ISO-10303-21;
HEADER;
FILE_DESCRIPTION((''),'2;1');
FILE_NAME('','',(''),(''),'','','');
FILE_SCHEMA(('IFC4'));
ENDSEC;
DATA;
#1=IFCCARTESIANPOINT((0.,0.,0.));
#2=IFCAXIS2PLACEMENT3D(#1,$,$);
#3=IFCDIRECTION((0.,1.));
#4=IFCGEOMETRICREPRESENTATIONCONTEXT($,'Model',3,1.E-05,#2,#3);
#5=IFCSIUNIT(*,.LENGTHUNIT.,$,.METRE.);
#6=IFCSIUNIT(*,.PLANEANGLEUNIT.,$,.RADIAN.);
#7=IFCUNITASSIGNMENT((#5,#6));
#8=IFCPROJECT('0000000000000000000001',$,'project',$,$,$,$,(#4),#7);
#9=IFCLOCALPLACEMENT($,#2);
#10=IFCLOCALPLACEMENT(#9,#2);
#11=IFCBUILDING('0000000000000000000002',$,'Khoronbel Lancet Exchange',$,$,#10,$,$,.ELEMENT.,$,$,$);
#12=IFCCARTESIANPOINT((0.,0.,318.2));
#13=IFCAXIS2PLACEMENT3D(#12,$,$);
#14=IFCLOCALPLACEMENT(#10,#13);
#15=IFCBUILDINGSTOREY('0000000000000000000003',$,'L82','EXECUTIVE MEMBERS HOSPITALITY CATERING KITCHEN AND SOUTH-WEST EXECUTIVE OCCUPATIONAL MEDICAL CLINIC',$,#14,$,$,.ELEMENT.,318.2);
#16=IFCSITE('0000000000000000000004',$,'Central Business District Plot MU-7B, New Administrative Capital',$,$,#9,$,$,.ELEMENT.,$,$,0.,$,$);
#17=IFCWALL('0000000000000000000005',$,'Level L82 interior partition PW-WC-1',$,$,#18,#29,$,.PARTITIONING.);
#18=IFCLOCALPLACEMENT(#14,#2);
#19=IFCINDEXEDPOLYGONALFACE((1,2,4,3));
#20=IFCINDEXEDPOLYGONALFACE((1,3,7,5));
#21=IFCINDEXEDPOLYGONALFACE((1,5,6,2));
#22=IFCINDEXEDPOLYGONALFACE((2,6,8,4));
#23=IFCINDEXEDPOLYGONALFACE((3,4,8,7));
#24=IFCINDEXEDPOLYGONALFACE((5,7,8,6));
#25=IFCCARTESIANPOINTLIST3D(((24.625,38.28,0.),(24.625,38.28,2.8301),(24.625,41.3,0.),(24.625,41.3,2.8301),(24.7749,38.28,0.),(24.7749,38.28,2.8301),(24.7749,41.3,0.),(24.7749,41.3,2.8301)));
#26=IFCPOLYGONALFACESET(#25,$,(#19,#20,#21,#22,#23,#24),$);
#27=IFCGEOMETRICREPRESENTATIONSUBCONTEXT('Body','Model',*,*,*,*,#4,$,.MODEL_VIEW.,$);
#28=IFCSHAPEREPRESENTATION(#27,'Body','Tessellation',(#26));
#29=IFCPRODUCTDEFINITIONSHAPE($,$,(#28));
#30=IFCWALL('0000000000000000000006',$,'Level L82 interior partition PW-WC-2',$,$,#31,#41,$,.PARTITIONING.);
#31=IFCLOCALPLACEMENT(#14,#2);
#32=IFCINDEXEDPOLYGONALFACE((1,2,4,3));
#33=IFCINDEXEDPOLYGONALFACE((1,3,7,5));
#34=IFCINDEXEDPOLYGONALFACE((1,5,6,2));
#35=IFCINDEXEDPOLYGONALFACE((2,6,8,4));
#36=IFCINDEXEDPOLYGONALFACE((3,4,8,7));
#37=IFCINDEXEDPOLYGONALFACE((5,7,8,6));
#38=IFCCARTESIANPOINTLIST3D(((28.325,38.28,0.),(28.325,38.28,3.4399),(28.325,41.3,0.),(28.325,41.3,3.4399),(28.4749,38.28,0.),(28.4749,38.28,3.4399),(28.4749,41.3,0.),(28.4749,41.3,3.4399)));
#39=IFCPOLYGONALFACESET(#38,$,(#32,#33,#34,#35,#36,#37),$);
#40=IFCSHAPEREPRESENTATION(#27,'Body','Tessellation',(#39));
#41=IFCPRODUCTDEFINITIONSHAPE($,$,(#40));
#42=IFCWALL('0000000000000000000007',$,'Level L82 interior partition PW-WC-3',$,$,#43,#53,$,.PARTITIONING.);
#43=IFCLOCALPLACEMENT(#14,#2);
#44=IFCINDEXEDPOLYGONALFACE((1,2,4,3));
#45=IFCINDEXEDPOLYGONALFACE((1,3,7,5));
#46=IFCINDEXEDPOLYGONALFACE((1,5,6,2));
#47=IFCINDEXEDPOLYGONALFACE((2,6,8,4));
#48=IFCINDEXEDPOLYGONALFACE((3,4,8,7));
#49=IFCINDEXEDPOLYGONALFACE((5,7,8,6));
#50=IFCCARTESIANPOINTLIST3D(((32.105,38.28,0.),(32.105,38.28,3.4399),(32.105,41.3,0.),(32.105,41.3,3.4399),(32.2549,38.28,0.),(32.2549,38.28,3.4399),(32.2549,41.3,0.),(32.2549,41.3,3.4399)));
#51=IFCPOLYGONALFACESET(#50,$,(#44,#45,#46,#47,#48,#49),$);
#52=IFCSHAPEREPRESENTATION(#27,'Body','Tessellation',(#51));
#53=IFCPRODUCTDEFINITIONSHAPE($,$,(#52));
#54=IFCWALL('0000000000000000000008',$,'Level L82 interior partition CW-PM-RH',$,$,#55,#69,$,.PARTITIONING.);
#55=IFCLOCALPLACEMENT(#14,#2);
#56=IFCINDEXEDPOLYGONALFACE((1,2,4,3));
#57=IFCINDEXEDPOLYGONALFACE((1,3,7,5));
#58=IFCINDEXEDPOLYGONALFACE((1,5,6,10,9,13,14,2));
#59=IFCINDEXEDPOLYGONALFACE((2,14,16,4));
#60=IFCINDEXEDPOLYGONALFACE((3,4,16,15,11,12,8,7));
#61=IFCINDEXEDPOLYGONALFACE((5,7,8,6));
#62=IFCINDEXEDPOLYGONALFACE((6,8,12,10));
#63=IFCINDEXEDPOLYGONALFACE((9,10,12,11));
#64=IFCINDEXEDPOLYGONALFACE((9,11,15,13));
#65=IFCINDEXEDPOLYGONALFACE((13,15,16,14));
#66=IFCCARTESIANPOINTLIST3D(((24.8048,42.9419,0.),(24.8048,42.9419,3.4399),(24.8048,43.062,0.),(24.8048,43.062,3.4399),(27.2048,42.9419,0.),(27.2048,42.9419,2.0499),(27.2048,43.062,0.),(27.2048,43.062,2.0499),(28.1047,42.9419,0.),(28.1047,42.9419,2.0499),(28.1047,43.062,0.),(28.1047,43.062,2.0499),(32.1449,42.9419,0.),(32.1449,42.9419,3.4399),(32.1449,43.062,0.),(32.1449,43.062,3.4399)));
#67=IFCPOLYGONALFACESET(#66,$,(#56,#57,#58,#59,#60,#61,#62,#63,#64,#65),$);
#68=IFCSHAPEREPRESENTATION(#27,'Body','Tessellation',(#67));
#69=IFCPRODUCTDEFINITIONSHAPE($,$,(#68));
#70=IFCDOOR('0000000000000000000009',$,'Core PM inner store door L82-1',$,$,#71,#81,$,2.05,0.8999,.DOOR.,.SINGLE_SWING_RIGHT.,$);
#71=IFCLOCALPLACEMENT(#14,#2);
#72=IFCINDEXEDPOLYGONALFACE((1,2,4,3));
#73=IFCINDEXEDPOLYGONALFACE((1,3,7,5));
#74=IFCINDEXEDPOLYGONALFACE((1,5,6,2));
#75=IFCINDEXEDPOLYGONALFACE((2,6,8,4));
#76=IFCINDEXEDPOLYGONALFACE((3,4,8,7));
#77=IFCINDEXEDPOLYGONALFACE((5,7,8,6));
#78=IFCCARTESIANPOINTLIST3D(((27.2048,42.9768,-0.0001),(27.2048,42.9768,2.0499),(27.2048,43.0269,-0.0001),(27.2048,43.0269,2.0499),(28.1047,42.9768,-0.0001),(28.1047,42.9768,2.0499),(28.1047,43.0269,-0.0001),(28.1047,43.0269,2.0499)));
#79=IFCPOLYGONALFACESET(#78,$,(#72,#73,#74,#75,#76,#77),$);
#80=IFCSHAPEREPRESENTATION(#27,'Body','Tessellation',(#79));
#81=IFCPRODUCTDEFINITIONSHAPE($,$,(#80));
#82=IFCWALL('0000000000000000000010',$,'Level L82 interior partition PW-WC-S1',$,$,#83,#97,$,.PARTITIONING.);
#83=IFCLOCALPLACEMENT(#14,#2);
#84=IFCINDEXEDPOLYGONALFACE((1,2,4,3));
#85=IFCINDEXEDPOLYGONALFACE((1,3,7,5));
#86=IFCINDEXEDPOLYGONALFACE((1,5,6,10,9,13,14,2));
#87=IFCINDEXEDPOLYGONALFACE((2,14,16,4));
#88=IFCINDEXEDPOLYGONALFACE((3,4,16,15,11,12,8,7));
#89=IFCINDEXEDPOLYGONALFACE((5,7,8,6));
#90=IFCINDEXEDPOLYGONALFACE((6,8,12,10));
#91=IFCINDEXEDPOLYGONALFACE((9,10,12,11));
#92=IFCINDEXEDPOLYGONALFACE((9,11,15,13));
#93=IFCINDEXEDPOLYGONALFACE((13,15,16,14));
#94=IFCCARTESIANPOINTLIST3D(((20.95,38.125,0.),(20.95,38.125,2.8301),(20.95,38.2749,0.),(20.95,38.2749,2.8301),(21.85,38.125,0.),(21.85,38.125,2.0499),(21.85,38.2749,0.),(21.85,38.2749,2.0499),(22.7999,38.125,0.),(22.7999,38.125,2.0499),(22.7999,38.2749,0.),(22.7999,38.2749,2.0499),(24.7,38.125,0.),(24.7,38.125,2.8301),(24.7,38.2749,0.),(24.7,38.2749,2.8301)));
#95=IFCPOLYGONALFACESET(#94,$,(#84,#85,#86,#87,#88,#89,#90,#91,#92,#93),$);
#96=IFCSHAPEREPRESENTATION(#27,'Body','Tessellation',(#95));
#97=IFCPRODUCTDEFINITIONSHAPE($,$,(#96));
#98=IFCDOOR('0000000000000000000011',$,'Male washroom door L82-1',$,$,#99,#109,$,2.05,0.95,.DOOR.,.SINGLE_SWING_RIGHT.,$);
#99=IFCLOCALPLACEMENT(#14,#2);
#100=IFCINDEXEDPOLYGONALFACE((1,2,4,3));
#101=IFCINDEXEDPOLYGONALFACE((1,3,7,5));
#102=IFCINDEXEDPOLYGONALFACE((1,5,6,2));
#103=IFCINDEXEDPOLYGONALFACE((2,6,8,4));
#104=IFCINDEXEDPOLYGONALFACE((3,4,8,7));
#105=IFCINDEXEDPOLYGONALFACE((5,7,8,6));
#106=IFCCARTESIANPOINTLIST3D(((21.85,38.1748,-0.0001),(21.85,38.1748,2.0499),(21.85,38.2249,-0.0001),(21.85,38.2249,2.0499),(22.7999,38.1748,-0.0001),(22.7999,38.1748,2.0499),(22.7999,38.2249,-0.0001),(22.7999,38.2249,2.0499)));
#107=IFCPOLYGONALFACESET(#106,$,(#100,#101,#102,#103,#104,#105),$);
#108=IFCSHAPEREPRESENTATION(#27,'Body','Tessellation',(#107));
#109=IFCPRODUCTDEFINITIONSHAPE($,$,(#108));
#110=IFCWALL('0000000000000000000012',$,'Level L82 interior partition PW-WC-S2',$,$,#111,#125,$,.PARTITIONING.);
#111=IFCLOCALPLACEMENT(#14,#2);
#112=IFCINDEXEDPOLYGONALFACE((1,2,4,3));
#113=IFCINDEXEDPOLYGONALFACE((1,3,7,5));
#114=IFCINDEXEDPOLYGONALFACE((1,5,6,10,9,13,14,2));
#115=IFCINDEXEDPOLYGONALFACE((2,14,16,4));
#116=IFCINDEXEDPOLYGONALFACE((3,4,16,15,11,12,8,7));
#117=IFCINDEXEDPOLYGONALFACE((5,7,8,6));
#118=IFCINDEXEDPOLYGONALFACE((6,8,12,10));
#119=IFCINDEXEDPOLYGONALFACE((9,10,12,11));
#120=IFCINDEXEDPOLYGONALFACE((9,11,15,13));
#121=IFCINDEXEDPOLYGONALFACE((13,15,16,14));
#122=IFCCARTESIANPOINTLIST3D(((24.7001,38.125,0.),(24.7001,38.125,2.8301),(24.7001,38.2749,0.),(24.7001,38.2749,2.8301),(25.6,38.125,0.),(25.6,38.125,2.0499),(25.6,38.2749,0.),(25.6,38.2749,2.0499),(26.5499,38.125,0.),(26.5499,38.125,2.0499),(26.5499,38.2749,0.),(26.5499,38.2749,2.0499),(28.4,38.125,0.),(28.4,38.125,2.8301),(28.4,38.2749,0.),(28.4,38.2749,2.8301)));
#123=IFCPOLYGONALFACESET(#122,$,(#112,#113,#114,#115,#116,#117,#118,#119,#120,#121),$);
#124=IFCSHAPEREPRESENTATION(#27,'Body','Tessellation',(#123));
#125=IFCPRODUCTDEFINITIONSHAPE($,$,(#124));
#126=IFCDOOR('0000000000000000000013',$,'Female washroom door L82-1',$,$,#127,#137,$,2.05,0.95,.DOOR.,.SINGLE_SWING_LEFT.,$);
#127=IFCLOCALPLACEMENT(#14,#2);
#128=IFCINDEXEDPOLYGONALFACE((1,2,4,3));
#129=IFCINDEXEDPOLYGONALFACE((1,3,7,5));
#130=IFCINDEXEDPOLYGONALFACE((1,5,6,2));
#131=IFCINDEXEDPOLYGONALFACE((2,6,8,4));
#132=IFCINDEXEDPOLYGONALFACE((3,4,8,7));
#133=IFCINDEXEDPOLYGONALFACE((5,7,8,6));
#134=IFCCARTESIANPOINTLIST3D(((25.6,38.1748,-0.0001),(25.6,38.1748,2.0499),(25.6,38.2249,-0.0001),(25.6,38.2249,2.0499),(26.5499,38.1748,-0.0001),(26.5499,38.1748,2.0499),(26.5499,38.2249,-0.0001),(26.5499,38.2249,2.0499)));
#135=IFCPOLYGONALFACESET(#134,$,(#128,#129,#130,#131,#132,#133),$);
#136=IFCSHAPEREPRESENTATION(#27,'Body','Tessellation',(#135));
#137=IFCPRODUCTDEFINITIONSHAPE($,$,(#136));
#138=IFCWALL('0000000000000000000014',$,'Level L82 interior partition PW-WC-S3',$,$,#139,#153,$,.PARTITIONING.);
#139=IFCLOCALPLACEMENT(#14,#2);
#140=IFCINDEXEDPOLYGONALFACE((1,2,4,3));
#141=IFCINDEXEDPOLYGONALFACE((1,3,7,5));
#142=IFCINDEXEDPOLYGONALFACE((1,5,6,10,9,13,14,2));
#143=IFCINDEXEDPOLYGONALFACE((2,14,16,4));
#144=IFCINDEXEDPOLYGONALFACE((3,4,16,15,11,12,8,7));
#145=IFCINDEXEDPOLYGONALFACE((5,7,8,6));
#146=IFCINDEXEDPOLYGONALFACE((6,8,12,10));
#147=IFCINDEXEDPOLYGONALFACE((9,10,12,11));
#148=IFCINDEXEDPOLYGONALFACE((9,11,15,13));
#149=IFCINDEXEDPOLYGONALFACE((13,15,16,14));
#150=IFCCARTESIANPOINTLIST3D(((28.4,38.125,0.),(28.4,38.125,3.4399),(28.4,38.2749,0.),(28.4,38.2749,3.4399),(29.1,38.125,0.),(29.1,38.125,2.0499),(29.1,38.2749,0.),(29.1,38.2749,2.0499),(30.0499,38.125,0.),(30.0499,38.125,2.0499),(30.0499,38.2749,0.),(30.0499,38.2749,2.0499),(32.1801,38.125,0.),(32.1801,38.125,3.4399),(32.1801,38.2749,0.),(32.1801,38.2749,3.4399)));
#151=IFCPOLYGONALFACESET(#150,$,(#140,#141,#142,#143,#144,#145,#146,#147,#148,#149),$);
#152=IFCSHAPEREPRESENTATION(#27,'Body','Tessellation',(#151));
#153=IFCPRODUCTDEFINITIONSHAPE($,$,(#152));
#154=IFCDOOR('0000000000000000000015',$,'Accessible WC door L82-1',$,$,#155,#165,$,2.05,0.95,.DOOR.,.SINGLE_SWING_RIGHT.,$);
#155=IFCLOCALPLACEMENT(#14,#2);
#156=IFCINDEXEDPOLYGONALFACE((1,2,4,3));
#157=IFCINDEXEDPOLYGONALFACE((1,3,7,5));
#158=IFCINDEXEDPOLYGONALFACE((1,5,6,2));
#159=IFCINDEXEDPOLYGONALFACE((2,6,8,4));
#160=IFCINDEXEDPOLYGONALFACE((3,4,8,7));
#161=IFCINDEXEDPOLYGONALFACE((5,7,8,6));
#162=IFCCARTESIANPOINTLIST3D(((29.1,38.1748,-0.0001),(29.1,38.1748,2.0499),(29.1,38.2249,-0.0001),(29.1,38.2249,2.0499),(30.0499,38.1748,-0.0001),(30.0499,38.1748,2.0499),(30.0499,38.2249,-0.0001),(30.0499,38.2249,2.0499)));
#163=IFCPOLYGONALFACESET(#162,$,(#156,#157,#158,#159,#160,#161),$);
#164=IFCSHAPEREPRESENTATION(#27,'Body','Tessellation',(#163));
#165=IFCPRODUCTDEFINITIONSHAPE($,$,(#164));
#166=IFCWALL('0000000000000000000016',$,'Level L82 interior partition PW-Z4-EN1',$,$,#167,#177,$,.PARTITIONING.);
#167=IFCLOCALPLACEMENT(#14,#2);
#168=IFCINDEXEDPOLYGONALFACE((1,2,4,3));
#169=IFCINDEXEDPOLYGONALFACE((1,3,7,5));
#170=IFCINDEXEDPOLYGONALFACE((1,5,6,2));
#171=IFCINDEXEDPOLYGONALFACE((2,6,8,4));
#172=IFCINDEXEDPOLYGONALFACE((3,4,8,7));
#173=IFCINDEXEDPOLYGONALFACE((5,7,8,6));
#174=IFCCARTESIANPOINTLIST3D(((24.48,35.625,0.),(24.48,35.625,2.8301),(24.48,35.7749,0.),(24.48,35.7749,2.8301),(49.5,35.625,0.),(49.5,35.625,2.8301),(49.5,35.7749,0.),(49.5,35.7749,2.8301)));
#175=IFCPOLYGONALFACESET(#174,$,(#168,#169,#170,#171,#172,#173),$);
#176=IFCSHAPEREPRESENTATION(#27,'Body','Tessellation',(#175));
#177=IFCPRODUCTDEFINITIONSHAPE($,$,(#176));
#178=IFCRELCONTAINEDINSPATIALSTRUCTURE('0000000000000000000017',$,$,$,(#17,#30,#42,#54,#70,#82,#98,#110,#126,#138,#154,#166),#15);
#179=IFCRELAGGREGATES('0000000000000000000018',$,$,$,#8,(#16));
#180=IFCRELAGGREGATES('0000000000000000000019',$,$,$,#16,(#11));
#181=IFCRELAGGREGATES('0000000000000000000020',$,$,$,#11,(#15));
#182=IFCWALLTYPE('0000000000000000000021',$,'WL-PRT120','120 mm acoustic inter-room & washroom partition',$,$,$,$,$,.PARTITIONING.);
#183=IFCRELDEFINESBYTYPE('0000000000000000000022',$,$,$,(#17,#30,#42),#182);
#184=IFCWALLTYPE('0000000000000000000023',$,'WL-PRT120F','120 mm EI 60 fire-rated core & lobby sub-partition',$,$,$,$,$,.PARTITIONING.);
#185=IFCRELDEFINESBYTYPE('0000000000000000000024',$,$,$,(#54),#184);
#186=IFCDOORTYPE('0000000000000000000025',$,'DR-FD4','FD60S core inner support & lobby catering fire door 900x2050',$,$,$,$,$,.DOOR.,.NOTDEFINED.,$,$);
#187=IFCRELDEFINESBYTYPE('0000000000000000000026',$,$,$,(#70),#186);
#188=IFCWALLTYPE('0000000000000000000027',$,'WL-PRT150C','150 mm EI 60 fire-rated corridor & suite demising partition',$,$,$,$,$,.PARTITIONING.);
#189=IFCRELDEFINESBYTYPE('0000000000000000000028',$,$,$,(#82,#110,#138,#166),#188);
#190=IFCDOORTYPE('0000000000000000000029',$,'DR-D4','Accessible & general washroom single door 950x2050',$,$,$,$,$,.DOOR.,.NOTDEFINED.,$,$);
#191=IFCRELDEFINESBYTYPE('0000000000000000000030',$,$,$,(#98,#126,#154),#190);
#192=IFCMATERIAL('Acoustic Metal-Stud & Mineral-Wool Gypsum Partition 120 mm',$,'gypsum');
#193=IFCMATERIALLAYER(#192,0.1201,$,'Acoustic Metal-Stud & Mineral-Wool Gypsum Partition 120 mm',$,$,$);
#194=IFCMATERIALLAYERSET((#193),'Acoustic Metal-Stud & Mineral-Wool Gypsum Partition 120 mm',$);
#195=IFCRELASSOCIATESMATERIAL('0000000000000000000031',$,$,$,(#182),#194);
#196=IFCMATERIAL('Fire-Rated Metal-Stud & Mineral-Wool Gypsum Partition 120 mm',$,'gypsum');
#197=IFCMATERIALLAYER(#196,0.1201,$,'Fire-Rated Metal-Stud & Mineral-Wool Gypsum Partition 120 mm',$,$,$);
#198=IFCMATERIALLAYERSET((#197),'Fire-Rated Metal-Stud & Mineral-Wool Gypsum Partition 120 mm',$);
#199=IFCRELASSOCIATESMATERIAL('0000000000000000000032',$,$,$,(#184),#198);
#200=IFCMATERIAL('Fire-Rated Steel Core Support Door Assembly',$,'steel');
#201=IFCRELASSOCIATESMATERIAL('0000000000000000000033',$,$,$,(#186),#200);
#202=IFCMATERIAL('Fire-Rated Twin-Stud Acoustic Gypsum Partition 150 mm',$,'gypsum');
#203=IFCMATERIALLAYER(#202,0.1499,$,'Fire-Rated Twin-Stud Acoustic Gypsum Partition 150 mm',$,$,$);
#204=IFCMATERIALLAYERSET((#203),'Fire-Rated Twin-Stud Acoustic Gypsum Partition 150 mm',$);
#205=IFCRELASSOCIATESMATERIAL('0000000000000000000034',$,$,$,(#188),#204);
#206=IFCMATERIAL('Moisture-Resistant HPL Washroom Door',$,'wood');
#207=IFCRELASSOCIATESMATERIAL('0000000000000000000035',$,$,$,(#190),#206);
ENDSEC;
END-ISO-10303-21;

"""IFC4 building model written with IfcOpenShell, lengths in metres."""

from ifc_helpers import new_model, si_unit, direction, frame, frame_2d, origin, place, context, subcontext, project, spatial, rectangle, extrude, material, layer, layer_set, type_object, element, fill, save


model = new_model("IFC4")

# Units and contexts
model_context = context("Model", 3, precision=1e-05, world=origin(), true_north=direction((0.0, 1.0)))
body_context = subcontext(model_context, "Body", "Model", "MODEL_VIEW")
ifc_project = project(units=[si_unit("LENGTHUNIT", "METRE"), si_unit("PLANEANGLEUNIT", "RADIAN")], contexts=[model_context])

# Site, building, storey
site_placement = place(None, origin())
site = spatial("IfcSite", under=ifc_project, at=site_placement, Name="Central Business District Plot MU-7B, New Administrative Capital", CompositionType="ELEMENT", RefElevation=0.0)
building_placement = place(site_placement, origin())
building = spatial("IfcBuilding", under=site, at=building_placement, Name="Khoronbel Lancet Exchange", CompositionType="ELEMENT")
storey_placement = place(building_placement, frame((0.0, 0.0, 318.2)))
storey = spatial("IfcBuildingStorey", under=building, at=storey_placement, Name="L82", Description="EXECUTIVE MEMBERS HOSPITALITY CATERING KITCHEN AND SOUTH-WEST EXECUTIVE OCCUPATIONAL MEDICAL CLINIC", CompositionType="ELEMENT", Elevation=318.2)

# Walls
ifc_material_1 = material(Name="Acoustic Metal-Stud & Mineral-Wool Gypsum Partition 120 mm", Category="gypsum")
ifc_layer_1 = layer(ifc_material_1, 0.1201, Name="Acoustic Metal-Stud & Mineral-Wool Gypsum Partition 120 mm")
ifc_layer_set_1 = layer_set([ifc_layer_1], Name="Acoustic Metal-Stud & Mineral-Wool Gypsum Partition 120 mm")
wall_type_1 = type_object("IfcWallType", Name="WL-PRT120", Description="120 mm acoustic inter-room & washroom partition", PredefinedType="PARTITIONING", material=ifc_layer_set_1)
wall_1_placement = place(storey_placement, frame((24.7, 38.28, 0.0), z_axis=(0.0, 0.0, 1.0), x_axis=(0.0, 1.0, 0.0)))
element("IfcWall", 1, at=wall_1_placement, inside=storey, type_object=wall_type_1, Name="Level L82 interior partition PW-WC-1", PredefinedType="PARTITIONING", context=body_context, shape_type="SweptSolid", body=[
    extrude(rectangle(XDim=3.02, YDim=0.1499, at=frame_2d((1.51, 0.0))), origin(), (0.0, 0.0, 1.0), 2.8301),
])
for number, where, z_axis, x_axis, name in (
    (2, (28.3999, 38.28, 0.0), (0.0, 0.0, 1.0), (0.0, 1.0, 0.0), "Level L82 interior partition PW-WC-2"),
    (3, (32.1799, 38.28, 0.0), (0.0, 0.0, 1.0), (0.0, 1.0, 0.0), "Level L82 interior partition PW-WC-3"),
):
    element("IfcWall", number, at=place(storey_placement, frame(where, z_axis=z_axis, x_axis=x_axis)), inside=storey, type_object=wall_type_1, Name=name, PredefinedType="PARTITIONING", context=body_context, shape_type="SweptSolid", body=[
        extrude(rectangle(XDim=3.02, YDim=0.1499, at=frame_2d((1.51, 0.0))), origin(), (0.0, 0.0, 1.0), 3.4399),
    ])

# Walls, openings, doors
ifc_material_2 = material(Name="Fire-Rated Metal-Stud & Mineral-Wool Gypsum Partition 120 mm", Category="gypsum")
ifc_layer_2 = layer(ifc_material_2, 0.1201, Name="Fire-Rated Metal-Stud & Mineral-Wool Gypsum Partition 120 mm")
ifc_layer_set_2 = layer_set([ifc_layer_2], Name="Fire-Rated Metal-Stud & Mineral-Wool Gypsum Partition 120 mm")
wall_type_2 = type_object("IfcWallType", Name="WL-PRT120F", Description="120 mm EI 60 fire-rated core & lobby sub-partition", PredefinedType="PARTITIONING", material=ifc_layer_set_2)
wall_2_placement = place(storey_placement, frame((24.8049, 43.002, 0.0), z_axis=(0.0, 0.0, 1.0), x_axis=(1.0, 0.0, 0.0)))
wall_2 = element("IfcWall", 4, at=wall_2_placement, inside=storey, type_object=wall_type_2, Name="Level L82 interior partition CW-PM-RH", PredefinedType="PARTITIONING", context=body_context, shape_type="SweptSolid", body=[
    extrude(rectangle(XDim=7.3401, YDim=0.1201, at=frame_2d((3.6699, 0.0))), origin(), (0.0, 0.0, 1.0), 3.4399),
])
opening_1_placement = place(wall_2_placement, frame((2.3999, 0.0, 0.0)))
opening_1 = element("IfcOpeningElement", 5, at=opening_1_placement, cuts=wall_2, PredefinedType="OPENING", context=body_context, shape_type="SweptSolid", body=[
    extrude(rectangle(XDim=0.8999, YDim=2.05, at=frame_2d((0.45, 1.0249))), frame((0.0, 0.0701, 0.0), z_axis=(0.0, -1.0, 0.0), x_axis=(1.0, 0.0, 0.0)), (0.0, 0.0, 1.0), 0.1401),
])
ifc_material_3 = material(Name="Fire-Rated Steel Core Support Door Assembly", Category="steel")
door_type_1 = type_object("IfcDoorType", Name="DR-FD4", Description="FD60S core inner support & lobby catering fire door 900x2050", OperationType="NOTDEFINED", PredefinedType="DOOR", material=ifc_material_3)
door_1_placement = place(opening_1_placement, origin())
door_1 = element("IfcDoor", 6, at=door_1_placement, inside=storey, type_object=door_type_1, Name="Core PM inner store door L82-1", OperationType="SINGLE_SWING_RIGHT", OverallHeight=2.05, OverallWidth=0.8999, PredefinedType="DOOR", context=body_context, shape_type="SweptSolid", body=[
    extrude(rectangle(XDim=0.8999, YDim=2.05, at=frame_2d((0.45, 1.0249))), frame((0.0, 0.0249, 0.0), z_axis=(0.0, -1.0, 0.0), x_axis=(1.0, 0.0, 0.0)), (0.0, 0.0, 1.0), 0.05),
])
fill(opening_1, door_1)
ifc_material_4 = material(Name="Fire-Rated Twin-Stud Acoustic Gypsum Partition 150 mm", Category="gypsum")
ifc_layer_3 = layer(ifc_material_4, 0.1499, Name="Fire-Rated Twin-Stud Acoustic Gypsum Partition 150 mm")
ifc_layer_set_3 = layer_set([ifc_layer_3], Name="Fire-Rated Twin-Stud Acoustic Gypsum Partition 150 mm")
wall_type_3 = type_object("IfcWallType", Name="WL-PRT150C", Description="150 mm EI 60 fire-rated corridor & suite demising partition", PredefinedType="PARTITIONING", material=ifc_layer_set_3)
wall_3_placement = place(storey_placement, frame((20.95, 38.2, 0.0), z_axis=(0.0, 0.0, 1.0), x_axis=(1.0, 0.0, 0.0)))
wall_3 = element("IfcWall", 7, at=wall_3_placement, inside=storey, type_object=wall_type_3, Name="Level L82 interior partition PW-WC-S1", PredefinedType="PARTITIONING", context=body_context, shape_type="SweptSolid", body=[
    extrude(rectangle(XDim=3.75, YDim=0.1499, at=frame_2d((1.875, 0.0))), origin(), (0.0, 0.0, 1.0), 2.8301),
])
opening_2_placement = place(wall_3_placement, frame((0.8999, 0.0, 0.0)))
opening_2 = element("IfcOpeningElement", 8, at=opening_2_placement, cuts=wall_3, PredefinedType="OPENING", context=body_context, shape_type="SweptSolid", body=[
    extrude(rectangle(XDim=0.95, YDim=2.05, at=frame_2d((0.4751, 1.0249))), frame((0.0, 0.085, 0.0), z_axis=(0.0, -1.0, 0.0), x_axis=(1.0, 0.0, 0.0)), (0.0, 0.0, 1.0), 0.1699),
])
ifc_material_5 = material(Name="Moisture-Resistant HPL Washroom Door", Category="wood")
door_type_2 = type_object("IfcDoorType", Name="DR-D4", Description="Accessible & general washroom single door 950x2050", OperationType="NOTDEFINED", PredefinedType="DOOR", material=ifc_material_5)
door_2_placement = place(opening_2_placement, origin())
door_2 = element("IfcDoor", 9, at=door_2_placement, inside=storey, type_object=door_type_2, Name="Male washroom door L82-1", OperationType="SINGLE_SWING_RIGHT", OverallHeight=2.05, OverallWidth=0.95, PredefinedType="DOOR", context=body_context, shape_type="SweptSolid", body=[
    extrude(rectangle(XDim=0.95, YDim=2.05, at=frame_2d((0.4751, 1.0249))), frame((0.0, 0.0249, 0.0), z_axis=(0.0, -1.0, 0.0), x_axis=(1.0, 0.0, 0.0)), (0.0, 0.0, 1.0), 0.05),
])
fill(opening_2, door_2)
wall_4_placement = place(storey_placement, frame((24.7, 38.2, 0.0), z_axis=(0.0, 0.0, 1.0), x_axis=(1.0, 0.0, 0.0)))
wall_4 = element("IfcWall", 10, at=wall_4_placement, inside=storey, type_object=wall_type_3, Name="Level L82 interior partition PW-WC-S2", PredefinedType="PARTITIONING", context=body_context, shape_type="SweptSolid", body=[
    extrude(rectangle(XDim=3.7, YDim=0.1499, at=frame_2d((1.8501, 0.0))), origin(), (0.0, 0.0, 1.0), 2.8301),
])
opening_3_placement = place(wall_4_placement, frame((0.8999, 0.0, 0.0)))
opening_3 = element("IfcOpeningElement", 11, at=opening_3_placement, cuts=wall_4, PredefinedType="OPENING", context=body_context, shape_type="SweptSolid", body=[
    extrude(rectangle(XDim=0.95, YDim=2.05, at=frame_2d((0.4751, 1.0249))), frame((0.0, 0.085, 0.0), z_axis=(0.0, -1.0, 0.0), x_axis=(1.0, 0.0, 0.0)), (0.0, 0.0, 1.0), 0.1699),
])
door_3_placement = place(opening_3_placement, origin())
door_3 = element("IfcDoor", 12, at=door_3_placement, inside=storey, type_object=door_type_2, Name="Female washroom door L82-1", OperationType="SINGLE_SWING_LEFT", OverallHeight=2.05, OverallWidth=0.95, PredefinedType="DOOR", context=body_context, shape_type="SweptSolid", body=[
    extrude(rectangle(XDim=0.95, YDim=2.05, at=frame_2d((0.4751, 1.0249))), frame((0.0, 0.0249, 0.0), z_axis=(0.0, -1.0, 0.0), x_axis=(1.0, 0.0, 0.0)), (0.0, 0.0, 1.0), 0.05),
])
fill(opening_3, door_3)
wall_5_placement = place(storey_placement, frame((28.3999, 38.2, 0.0), z_axis=(0.0, 0.0, 1.0), x_axis=(1.0, 0.0, 0.0)))
wall_5 = element("IfcWall", 13, at=wall_5_placement, inside=storey, type_object=wall_type_3, Name="Level L82 interior partition PW-WC-S3", PredefinedType="PARTITIONING", context=body_context, shape_type="SweptSolid", body=[
    extrude(rectangle(XDim=3.78, YDim=0.1499, at=frame_2d((1.8901, 0.0))), origin(), (0.0, 0.0, 1.0), 3.4399),
])
opening_4_placement = place(wall_5_placement, frame((0.7, 0.0, 0.0)))
opening_4 = element("IfcOpeningElement", 14, at=opening_4_placement, cuts=wall_5, PredefinedType="OPENING", context=body_context, shape_type="SweptSolid", body=[
    extrude(rectangle(XDim=0.95, YDim=2.05, at=frame_2d((0.4751, 1.0249))), frame((0.0, 0.085, 0.0), z_axis=(0.0, -1.0, 0.0), x_axis=(1.0, 0.0, 0.0)), (0.0, 0.0, 1.0), 0.1699),
])
door_4_placement = place(opening_4_placement, origin())
door_4 = element("IfcDoor", 15, at=door_4_placement, inside=storey, type_object=door_type_2, Name="Accessible WC door L82-1", OperationType="SINGLE_SWING_RIGHT", OverallHeight=2.05, OverallWidth=0.95, PredefinedType="DOOR", context=body_context, shape_type="SweptSolid", body=[
    extrude(rectangle(XDim=0.95, YDim=2.05, at=frame_2d((0.4751, 1.0249))), frame((0.0, 0.0249, 0.0), z_axis=(0.0, -1.0, 0.0), x_axis=(1.0, 0.0, 0.0)), (0.0, 0.0, 1.0), 0.05),
])
fill(opening_4, door_4)

# Wall
wall_6_placement = place(storey_placement, frame((24.48, 35.7, 0.0), z_axis=(0.0, 0.0, 1.0), x_axis=(1.0, 0.0, 0.0)))
element("IfcWall", 16, at=wall_6_placement, inside=storey, type_object=wall_type_3, Name="Level L82 interior partition PW-Z4-EN1", PredefinedType="PARTITIONING", context=body_context, shape_type="SweptSolid", body=[
    extrude(rectangle(XDim=25.02, YDim=0.1499, at=frame_2d((12.51, 0.0))), origin(), (0.0, 0.0, 1.0), 2.8301),
])

save(model, "model.ifc")
